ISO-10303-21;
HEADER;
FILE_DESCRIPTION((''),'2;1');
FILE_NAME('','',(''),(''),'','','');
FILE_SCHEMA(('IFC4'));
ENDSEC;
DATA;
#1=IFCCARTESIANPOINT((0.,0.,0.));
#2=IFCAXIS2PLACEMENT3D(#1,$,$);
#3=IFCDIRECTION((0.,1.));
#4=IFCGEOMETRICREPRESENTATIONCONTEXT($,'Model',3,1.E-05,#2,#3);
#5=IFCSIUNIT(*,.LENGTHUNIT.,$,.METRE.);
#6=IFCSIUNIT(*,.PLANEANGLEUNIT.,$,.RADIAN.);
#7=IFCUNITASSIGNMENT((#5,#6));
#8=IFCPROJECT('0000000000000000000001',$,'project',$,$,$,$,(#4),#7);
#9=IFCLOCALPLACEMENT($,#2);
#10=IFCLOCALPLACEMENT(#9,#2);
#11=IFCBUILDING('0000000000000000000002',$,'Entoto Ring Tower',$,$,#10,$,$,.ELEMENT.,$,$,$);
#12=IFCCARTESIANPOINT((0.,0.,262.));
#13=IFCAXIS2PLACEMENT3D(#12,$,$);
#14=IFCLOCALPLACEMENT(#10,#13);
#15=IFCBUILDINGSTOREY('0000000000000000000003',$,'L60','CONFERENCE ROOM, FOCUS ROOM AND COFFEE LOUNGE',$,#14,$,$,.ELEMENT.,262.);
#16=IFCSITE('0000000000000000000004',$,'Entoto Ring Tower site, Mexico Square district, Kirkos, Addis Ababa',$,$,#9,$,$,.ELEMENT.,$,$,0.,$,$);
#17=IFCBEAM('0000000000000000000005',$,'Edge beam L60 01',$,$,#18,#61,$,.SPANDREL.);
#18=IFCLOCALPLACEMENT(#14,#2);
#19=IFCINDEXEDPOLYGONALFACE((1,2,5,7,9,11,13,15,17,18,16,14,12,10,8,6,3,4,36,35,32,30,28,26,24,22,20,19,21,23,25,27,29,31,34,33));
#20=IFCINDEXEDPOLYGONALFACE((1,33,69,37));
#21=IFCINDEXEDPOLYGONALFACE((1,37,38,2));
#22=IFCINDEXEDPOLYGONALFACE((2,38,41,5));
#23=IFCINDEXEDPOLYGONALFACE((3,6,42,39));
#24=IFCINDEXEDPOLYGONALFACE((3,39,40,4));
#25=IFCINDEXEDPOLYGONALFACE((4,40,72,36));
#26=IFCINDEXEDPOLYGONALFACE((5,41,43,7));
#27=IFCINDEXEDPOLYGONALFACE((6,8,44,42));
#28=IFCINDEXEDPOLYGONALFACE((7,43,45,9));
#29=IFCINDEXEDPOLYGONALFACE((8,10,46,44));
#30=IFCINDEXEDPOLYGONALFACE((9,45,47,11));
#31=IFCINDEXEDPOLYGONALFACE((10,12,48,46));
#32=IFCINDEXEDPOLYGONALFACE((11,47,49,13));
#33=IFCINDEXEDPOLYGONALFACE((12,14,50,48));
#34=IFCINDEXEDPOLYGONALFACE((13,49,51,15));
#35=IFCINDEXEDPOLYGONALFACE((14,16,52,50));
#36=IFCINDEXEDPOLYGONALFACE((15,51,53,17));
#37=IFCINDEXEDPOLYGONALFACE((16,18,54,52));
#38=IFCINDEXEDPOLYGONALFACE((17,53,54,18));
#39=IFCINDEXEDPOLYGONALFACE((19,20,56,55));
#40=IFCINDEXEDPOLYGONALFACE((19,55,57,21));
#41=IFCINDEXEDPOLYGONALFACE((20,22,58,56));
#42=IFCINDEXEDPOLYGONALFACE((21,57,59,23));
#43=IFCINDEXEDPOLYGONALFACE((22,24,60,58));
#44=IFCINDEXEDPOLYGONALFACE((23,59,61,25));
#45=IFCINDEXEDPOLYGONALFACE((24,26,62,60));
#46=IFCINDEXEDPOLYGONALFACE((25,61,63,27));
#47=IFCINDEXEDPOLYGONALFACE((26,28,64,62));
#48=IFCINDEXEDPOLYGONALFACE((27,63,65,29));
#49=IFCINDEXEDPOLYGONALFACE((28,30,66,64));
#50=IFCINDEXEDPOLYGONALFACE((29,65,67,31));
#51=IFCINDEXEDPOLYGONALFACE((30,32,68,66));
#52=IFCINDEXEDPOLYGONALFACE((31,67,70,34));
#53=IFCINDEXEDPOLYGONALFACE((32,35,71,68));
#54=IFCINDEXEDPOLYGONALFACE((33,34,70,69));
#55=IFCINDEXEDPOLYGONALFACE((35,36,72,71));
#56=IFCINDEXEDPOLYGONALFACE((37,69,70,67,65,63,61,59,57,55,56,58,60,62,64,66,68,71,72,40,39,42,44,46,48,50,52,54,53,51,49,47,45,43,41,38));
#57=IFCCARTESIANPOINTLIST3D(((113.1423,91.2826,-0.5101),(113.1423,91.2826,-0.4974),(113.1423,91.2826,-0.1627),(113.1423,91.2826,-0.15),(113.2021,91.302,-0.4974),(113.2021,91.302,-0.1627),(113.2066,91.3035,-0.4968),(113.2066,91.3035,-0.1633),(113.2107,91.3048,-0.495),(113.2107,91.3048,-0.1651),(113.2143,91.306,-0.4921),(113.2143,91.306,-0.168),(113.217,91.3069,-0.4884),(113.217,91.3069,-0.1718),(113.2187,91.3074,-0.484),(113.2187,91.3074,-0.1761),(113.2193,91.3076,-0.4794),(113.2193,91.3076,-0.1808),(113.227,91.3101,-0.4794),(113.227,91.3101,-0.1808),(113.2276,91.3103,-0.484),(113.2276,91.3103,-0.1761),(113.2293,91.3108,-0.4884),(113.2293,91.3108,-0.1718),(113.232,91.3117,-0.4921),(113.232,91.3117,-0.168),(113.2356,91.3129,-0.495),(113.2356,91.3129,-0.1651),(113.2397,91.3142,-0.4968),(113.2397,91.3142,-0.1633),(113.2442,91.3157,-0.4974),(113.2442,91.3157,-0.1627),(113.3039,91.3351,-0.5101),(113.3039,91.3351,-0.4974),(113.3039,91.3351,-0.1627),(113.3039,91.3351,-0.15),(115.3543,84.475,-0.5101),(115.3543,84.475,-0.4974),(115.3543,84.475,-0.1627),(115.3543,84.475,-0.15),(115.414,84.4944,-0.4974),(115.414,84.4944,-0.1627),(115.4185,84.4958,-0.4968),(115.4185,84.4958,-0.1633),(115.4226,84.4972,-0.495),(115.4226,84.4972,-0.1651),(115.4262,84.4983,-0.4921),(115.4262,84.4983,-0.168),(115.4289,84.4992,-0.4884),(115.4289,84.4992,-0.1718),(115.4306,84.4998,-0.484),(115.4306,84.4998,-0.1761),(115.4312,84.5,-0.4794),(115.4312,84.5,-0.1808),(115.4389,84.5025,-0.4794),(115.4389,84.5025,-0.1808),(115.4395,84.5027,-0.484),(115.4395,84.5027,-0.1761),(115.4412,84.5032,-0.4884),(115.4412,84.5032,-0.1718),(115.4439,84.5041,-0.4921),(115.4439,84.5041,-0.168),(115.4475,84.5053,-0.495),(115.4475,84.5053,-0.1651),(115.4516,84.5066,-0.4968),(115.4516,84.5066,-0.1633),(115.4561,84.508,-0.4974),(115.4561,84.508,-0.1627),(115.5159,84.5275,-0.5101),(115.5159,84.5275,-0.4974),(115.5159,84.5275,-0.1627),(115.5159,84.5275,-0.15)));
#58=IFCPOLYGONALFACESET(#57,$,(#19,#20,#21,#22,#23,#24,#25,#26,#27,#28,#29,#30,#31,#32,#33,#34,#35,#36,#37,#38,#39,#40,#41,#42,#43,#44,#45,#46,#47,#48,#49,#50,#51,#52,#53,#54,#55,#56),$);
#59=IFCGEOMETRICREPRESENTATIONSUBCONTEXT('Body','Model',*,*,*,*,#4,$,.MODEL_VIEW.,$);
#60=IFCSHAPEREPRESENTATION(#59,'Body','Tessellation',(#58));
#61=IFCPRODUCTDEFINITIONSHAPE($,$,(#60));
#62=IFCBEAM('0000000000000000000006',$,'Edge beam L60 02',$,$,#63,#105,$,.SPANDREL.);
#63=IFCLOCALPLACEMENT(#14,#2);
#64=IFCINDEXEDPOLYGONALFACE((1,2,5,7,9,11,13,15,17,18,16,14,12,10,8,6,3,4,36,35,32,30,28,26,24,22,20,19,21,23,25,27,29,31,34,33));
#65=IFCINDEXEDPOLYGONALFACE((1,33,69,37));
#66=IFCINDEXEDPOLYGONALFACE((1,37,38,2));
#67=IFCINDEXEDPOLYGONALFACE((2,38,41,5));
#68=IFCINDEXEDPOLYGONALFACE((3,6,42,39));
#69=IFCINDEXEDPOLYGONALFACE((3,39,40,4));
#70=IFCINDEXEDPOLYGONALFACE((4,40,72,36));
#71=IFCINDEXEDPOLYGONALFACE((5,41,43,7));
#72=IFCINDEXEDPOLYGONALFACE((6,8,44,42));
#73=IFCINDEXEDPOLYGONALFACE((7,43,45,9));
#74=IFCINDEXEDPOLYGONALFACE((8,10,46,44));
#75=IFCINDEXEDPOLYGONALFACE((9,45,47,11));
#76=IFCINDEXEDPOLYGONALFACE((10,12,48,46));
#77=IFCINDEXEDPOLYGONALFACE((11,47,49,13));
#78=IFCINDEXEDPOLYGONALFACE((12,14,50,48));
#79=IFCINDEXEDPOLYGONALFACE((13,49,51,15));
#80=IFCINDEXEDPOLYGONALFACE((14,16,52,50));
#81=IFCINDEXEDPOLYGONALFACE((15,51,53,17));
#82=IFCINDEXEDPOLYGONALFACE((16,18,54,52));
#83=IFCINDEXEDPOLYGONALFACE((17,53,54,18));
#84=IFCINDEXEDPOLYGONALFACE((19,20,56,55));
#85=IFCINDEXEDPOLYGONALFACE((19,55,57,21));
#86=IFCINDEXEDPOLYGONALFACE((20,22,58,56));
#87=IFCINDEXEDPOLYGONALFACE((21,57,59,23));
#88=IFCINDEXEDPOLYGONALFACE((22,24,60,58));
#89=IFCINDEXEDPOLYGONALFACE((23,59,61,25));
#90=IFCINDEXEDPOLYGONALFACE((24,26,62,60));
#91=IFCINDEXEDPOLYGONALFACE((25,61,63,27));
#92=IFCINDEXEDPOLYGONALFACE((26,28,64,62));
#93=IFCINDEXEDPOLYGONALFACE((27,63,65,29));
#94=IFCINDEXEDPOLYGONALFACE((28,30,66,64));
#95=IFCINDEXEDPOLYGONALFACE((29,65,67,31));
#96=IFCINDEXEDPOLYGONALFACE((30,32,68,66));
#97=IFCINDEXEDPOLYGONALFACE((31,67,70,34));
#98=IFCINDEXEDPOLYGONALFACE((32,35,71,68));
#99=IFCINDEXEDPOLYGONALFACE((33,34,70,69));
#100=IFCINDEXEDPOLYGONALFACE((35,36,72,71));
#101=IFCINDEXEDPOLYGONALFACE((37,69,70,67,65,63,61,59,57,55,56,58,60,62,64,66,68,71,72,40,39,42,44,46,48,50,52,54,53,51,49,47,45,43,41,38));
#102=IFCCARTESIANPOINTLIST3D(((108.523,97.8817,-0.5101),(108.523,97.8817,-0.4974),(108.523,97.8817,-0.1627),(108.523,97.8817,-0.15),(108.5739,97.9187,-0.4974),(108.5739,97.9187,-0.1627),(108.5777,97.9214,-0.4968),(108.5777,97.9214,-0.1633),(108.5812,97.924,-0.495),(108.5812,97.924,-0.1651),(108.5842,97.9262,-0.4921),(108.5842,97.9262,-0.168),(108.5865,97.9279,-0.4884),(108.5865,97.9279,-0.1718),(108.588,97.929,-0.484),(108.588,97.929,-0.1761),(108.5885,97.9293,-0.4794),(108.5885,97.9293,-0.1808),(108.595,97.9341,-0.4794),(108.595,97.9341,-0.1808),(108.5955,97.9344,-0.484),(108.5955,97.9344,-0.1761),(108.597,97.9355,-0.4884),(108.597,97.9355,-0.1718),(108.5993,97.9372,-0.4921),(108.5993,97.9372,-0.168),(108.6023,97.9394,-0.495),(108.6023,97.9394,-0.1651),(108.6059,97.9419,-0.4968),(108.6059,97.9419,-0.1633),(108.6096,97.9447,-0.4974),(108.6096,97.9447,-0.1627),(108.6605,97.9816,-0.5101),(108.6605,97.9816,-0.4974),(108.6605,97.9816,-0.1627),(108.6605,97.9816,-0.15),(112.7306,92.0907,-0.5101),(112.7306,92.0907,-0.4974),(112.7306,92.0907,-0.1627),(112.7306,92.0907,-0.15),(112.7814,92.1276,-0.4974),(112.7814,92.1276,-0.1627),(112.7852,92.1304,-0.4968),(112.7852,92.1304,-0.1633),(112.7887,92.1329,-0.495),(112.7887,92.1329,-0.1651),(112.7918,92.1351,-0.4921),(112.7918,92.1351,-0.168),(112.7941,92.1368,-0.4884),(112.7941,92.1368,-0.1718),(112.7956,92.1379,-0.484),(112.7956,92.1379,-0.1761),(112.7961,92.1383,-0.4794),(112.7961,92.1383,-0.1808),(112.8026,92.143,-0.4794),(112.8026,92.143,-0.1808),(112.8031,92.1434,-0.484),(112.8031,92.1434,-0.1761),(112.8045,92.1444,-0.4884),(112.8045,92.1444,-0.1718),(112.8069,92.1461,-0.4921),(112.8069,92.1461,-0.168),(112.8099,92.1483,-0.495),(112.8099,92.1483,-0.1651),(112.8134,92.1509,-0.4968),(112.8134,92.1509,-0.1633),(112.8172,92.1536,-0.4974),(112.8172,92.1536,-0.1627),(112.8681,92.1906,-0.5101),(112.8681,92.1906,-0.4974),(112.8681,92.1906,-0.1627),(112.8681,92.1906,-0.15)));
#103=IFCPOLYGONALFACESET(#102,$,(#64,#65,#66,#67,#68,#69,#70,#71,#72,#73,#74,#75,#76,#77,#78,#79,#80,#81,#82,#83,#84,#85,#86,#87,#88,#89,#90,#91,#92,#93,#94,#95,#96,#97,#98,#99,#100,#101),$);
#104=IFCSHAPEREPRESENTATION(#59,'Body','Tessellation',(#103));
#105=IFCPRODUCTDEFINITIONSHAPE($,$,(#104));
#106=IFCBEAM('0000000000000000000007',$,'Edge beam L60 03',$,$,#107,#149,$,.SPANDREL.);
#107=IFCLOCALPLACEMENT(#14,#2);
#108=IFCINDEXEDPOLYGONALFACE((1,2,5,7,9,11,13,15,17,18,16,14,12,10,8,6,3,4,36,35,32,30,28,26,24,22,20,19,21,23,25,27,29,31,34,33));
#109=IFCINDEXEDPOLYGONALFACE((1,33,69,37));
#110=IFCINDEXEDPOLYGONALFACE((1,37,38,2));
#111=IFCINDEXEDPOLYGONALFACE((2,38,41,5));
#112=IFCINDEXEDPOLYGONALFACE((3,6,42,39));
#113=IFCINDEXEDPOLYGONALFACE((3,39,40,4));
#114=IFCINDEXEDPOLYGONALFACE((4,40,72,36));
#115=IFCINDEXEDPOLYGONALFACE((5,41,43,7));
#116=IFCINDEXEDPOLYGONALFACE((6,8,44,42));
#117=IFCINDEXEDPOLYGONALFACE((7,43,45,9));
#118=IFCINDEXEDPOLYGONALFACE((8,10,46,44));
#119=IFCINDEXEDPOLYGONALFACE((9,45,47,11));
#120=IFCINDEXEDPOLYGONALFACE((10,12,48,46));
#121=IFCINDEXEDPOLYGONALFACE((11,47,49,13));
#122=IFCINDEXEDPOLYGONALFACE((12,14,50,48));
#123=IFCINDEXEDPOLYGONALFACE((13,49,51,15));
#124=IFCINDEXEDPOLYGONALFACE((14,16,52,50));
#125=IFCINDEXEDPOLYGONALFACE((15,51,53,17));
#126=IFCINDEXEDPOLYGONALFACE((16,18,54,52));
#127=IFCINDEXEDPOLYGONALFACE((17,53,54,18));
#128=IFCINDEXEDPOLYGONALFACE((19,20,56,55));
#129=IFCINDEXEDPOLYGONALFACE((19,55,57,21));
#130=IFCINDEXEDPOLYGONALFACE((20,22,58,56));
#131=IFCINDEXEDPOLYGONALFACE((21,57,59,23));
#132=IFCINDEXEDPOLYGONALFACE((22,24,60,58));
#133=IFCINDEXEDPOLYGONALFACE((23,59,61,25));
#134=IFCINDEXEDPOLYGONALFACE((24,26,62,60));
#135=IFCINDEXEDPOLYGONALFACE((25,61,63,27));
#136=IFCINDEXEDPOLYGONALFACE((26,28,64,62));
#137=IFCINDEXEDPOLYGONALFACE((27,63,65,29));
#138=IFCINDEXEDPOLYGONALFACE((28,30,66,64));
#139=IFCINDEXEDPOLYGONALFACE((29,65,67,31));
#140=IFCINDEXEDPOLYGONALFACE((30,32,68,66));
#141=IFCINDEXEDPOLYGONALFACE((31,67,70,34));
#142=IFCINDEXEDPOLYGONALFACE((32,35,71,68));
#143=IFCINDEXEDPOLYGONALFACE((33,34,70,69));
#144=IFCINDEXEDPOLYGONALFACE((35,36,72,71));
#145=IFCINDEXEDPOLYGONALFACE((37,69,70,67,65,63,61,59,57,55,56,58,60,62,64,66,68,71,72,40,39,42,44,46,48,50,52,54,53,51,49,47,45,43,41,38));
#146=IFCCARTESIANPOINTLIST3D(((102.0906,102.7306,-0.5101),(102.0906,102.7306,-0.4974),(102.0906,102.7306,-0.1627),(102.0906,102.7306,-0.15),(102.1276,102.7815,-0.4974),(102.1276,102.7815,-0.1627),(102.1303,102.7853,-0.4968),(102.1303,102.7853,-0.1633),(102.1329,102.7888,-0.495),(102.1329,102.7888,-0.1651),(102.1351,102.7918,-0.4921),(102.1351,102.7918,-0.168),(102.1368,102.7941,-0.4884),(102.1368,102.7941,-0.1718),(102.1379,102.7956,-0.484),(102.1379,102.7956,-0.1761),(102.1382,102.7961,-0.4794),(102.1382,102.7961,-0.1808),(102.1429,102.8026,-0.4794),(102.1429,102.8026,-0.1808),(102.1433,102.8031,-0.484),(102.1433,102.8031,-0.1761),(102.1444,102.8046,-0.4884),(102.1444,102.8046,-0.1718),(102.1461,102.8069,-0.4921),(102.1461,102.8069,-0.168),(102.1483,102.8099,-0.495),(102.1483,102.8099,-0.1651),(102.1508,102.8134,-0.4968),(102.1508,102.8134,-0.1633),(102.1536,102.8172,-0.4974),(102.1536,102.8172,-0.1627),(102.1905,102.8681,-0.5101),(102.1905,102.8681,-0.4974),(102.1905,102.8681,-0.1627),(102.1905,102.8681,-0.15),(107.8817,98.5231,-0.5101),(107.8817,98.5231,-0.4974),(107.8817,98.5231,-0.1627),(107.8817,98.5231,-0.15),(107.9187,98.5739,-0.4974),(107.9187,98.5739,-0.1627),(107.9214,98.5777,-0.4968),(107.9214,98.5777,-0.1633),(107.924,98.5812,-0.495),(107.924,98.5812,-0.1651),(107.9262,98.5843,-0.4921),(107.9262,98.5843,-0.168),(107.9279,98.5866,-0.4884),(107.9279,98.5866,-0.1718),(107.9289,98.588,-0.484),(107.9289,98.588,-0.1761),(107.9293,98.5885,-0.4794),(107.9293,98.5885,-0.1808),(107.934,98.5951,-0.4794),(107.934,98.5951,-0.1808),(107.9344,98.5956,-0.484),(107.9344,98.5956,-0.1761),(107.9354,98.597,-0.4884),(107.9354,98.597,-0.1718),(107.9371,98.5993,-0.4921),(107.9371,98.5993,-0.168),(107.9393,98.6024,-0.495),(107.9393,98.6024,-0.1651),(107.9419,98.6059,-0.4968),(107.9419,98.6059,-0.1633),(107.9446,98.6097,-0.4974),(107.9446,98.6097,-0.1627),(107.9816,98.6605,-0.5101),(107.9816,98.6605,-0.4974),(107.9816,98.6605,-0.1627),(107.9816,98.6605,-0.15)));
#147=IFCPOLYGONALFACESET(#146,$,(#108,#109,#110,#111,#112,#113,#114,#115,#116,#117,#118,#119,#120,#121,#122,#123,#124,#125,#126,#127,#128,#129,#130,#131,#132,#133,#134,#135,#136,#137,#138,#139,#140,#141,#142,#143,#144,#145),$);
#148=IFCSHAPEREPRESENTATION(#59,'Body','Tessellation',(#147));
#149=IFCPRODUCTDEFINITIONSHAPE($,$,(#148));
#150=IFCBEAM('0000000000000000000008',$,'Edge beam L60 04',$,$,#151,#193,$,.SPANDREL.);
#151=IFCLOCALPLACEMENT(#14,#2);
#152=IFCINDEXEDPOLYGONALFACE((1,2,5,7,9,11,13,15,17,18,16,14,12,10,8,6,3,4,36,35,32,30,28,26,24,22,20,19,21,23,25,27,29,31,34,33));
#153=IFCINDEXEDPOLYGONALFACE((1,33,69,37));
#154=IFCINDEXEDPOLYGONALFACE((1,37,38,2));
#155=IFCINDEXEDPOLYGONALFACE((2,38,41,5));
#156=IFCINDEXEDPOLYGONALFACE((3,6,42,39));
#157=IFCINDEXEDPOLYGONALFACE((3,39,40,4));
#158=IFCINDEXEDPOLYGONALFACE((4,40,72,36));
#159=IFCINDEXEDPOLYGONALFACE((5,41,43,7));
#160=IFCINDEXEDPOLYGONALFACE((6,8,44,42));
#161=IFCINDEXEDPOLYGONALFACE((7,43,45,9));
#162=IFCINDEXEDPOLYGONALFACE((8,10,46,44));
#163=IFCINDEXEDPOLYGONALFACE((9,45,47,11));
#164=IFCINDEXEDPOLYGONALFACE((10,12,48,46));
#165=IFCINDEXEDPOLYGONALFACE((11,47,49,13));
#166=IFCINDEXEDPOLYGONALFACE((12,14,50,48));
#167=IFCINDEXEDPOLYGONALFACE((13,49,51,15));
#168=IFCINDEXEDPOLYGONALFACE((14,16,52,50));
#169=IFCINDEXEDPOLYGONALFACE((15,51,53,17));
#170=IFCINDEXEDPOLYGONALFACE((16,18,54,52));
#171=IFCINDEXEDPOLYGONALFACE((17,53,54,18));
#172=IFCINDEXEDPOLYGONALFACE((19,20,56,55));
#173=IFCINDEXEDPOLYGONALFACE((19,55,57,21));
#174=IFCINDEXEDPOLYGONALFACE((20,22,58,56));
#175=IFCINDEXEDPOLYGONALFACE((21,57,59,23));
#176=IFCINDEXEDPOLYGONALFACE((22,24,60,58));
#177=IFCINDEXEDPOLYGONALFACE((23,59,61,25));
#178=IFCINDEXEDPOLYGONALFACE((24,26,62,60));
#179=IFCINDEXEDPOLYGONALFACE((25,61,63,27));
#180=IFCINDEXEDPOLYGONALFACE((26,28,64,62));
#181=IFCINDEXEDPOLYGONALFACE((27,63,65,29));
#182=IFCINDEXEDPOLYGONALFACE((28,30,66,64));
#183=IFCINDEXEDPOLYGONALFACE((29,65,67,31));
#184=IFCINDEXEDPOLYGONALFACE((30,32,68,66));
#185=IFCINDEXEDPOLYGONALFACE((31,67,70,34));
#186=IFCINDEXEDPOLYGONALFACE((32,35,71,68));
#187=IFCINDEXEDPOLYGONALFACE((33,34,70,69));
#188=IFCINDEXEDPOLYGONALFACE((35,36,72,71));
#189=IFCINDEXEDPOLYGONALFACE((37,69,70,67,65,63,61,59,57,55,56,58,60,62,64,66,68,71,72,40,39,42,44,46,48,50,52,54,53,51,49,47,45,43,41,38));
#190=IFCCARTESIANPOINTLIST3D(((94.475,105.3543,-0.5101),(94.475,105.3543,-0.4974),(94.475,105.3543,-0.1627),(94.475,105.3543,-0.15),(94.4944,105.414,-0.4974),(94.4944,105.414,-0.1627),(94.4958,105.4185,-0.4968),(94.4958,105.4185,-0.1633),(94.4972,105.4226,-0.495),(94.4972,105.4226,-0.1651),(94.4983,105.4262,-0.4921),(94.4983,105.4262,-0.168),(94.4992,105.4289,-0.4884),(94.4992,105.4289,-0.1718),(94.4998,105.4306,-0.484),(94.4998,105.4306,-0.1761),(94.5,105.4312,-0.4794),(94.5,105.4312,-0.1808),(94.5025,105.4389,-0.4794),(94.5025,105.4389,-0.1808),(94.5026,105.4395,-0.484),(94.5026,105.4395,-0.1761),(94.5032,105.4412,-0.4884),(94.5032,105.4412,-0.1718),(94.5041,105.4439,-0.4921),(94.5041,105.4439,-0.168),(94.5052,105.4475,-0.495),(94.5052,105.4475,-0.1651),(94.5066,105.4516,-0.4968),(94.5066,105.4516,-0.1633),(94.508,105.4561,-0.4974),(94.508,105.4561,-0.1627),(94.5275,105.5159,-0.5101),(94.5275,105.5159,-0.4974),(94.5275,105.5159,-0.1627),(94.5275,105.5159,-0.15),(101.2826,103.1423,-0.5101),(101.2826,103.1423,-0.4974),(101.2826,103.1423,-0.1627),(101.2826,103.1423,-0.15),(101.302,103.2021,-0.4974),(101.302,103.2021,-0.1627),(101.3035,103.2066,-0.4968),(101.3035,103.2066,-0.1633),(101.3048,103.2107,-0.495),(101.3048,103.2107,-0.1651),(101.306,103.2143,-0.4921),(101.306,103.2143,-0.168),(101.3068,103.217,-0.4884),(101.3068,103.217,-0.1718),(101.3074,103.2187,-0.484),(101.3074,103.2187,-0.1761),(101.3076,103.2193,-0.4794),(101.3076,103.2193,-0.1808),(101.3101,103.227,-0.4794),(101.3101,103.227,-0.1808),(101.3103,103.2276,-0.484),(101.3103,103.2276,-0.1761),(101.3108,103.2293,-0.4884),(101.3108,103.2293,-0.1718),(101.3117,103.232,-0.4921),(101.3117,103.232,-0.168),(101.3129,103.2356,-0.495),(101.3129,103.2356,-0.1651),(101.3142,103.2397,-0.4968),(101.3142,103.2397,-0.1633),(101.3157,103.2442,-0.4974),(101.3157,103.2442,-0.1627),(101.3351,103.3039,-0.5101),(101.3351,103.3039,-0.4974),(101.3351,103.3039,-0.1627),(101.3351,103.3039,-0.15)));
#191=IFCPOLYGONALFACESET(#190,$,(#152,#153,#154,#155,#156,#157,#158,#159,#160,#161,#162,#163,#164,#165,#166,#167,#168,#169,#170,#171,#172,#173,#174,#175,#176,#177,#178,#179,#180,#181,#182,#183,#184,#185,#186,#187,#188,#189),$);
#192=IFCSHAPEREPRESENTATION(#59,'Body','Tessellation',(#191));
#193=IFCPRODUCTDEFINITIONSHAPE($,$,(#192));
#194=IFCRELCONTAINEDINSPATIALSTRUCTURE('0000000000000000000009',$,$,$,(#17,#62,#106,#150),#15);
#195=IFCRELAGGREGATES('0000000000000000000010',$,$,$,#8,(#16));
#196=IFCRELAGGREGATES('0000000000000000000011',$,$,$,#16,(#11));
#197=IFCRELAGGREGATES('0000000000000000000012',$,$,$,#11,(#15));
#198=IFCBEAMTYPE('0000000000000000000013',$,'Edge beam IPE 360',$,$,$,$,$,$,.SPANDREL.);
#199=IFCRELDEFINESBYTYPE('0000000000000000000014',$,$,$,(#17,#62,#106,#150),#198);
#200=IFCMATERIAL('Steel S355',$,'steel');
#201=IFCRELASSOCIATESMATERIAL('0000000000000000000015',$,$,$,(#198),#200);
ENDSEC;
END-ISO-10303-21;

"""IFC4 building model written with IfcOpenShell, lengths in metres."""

from ifc_helpers import new_model, si_unit, direction, frame, origin, origin_2d, place, context, subcontext, project, spatial, i_section, extrude, material, material_profile, profile_set, type_object, element, save


model = new_model("IFC4")

# Units and contexts
model_context = context("Model", 3, precision=1e-05, world=origin(), true_north=direction((0.0, 1.0)))
body_context = subcontext(model_context, "Body", "Model", "MODEL_VIEW")
ifc_project = project(units=[si_unit("LENGTHUNIT", "METRE"), si_unit("PLANEANGLEUNIT", "RADIAN")], contexts=[model_context])

# Site, building, storey
site_placement = place(None, origin())
site = spatial("IfcSite", under=ifc_project, at=site_placement, Name="Entoto Ring Tower site, Mexico Square district, Kirkos, Addis Ababa", CompositionType="ELEMENT", RefElevation=0.0)
building_placement = place(site_placement, origin())
building = spatial("IfcBuilding", under=site, at=building_placement, Name="Entoto Ring Tower", CompositionType="ELEMENT")
storey_placement = place(building_placement, frame((0.0, 0.0, 262.0)))
storey = spatial("IfcBuildingStorey", under=building, at=storey_placement, Name="L60", Description="CONFERENCE ROOM, FOCUS ROOM AND COFFEE LOUNGE", CompositionType="ELEMENT", Elevation=262.0)

# Beams
ifc_material_1 = material(Name="Steel S355", Category="steel")
ifc_material_profile_1 = material_profile(ifc_material_1, i_section(OverallWidth=0.1699, OverallDepth=0.3601, WebThickness=0.0081, FlangeThickness=0.0127, FilletRadius=0.0181, at=origin_2d()), Name="IPE 360")
ifc_profile_set_1 = profile_set([ifc_material_profile_1], Name="Steel S355")
beam_type_1 = type_object("IfcBeamType", Name="Edge beam IPE 360", PredefinedType="SPANDREL", material=ifc_profile_set_1)
beam_1_placement = place(storey_placement, frame((115.4351, 84.5012, -0.3301), z_axis=(-0.309015, 0.951057, 0.0), x_axis=(-0.951057, -0.309015, 0.0)))
element("IfcBeam", 1, at=beam_1_placement, inside=storey, type_object=beam_type_1, Name="Edge beam L60 01", PredefinedType="SPANDREL", context=body_context, shape_type="SweptSolid", body=[
    extrude(i_section(OverallWidth=0.1699, OverallDepth=0.3601, WebThickness=0.0081, FlangeThickness=0.0127, FilletRadius=0.0181, at=origin_2d()), origin(), (0.0, 0.0, 1.0), 7.158),
])
for number, where, z_axis, x_axis, name in (
    (2, (112.7993, 92.1406, -0.3301), (-0.587794, 0.80901, 0.0), (-0.80901, -0.587794, 0.0), "Edge beam L60 02"),
    (3, (107.9316, 98.5918, -0.3301), (-0.80901, 0.587794, 0.0), (-0.587794, -0.80901, 0.0), "Edge beam L60 03"),
):
    element("IfcBeam", number, at=place(storey_placement, frame(where, z_axis=z_axis, x_axis=x_axis)), inside=storey, type_object=beam_type_1, Name=name, PredefinedType="SPANDREL", context=body_context, shape_type="SweptSolid", body=[
        extrude(i_section(OverallWidth=0.1699, OverallDepth=0.3601, WebThickness=0.0081, FlangeThickness=0.0127, FilletRadius=0.0181, at=origin_2d()), origin(), (0.0, 0.0, 1.0), 7.1582),
    ])
beam_2_placement = place(storey_placement, frame((101.3088, 103.2231, -0.3301), z_axis=(-0.951057, 0.309015, 0.0), x_axis=(-0.309015, -0.951057, 0.0)))
element("IfcBeam", 4, at=beam_2_placement, inside=storey, type_object=beam_type_1, Name="Edge beam L60 04", PredefinedType="SPANDREL", context=body_context, shape_type="SweptSolid", body=[
    extrude(i_section(OverallWidth=0.1699, OverallDepth=0.3601, WebThickness=0.0081, FlangeThickness=0.0127, FilletRadius=0.0181, at=origin_2d()), origin(), (0.0, 0.0, 1.0), 7.158),
])

save(model, "model.ifc")
